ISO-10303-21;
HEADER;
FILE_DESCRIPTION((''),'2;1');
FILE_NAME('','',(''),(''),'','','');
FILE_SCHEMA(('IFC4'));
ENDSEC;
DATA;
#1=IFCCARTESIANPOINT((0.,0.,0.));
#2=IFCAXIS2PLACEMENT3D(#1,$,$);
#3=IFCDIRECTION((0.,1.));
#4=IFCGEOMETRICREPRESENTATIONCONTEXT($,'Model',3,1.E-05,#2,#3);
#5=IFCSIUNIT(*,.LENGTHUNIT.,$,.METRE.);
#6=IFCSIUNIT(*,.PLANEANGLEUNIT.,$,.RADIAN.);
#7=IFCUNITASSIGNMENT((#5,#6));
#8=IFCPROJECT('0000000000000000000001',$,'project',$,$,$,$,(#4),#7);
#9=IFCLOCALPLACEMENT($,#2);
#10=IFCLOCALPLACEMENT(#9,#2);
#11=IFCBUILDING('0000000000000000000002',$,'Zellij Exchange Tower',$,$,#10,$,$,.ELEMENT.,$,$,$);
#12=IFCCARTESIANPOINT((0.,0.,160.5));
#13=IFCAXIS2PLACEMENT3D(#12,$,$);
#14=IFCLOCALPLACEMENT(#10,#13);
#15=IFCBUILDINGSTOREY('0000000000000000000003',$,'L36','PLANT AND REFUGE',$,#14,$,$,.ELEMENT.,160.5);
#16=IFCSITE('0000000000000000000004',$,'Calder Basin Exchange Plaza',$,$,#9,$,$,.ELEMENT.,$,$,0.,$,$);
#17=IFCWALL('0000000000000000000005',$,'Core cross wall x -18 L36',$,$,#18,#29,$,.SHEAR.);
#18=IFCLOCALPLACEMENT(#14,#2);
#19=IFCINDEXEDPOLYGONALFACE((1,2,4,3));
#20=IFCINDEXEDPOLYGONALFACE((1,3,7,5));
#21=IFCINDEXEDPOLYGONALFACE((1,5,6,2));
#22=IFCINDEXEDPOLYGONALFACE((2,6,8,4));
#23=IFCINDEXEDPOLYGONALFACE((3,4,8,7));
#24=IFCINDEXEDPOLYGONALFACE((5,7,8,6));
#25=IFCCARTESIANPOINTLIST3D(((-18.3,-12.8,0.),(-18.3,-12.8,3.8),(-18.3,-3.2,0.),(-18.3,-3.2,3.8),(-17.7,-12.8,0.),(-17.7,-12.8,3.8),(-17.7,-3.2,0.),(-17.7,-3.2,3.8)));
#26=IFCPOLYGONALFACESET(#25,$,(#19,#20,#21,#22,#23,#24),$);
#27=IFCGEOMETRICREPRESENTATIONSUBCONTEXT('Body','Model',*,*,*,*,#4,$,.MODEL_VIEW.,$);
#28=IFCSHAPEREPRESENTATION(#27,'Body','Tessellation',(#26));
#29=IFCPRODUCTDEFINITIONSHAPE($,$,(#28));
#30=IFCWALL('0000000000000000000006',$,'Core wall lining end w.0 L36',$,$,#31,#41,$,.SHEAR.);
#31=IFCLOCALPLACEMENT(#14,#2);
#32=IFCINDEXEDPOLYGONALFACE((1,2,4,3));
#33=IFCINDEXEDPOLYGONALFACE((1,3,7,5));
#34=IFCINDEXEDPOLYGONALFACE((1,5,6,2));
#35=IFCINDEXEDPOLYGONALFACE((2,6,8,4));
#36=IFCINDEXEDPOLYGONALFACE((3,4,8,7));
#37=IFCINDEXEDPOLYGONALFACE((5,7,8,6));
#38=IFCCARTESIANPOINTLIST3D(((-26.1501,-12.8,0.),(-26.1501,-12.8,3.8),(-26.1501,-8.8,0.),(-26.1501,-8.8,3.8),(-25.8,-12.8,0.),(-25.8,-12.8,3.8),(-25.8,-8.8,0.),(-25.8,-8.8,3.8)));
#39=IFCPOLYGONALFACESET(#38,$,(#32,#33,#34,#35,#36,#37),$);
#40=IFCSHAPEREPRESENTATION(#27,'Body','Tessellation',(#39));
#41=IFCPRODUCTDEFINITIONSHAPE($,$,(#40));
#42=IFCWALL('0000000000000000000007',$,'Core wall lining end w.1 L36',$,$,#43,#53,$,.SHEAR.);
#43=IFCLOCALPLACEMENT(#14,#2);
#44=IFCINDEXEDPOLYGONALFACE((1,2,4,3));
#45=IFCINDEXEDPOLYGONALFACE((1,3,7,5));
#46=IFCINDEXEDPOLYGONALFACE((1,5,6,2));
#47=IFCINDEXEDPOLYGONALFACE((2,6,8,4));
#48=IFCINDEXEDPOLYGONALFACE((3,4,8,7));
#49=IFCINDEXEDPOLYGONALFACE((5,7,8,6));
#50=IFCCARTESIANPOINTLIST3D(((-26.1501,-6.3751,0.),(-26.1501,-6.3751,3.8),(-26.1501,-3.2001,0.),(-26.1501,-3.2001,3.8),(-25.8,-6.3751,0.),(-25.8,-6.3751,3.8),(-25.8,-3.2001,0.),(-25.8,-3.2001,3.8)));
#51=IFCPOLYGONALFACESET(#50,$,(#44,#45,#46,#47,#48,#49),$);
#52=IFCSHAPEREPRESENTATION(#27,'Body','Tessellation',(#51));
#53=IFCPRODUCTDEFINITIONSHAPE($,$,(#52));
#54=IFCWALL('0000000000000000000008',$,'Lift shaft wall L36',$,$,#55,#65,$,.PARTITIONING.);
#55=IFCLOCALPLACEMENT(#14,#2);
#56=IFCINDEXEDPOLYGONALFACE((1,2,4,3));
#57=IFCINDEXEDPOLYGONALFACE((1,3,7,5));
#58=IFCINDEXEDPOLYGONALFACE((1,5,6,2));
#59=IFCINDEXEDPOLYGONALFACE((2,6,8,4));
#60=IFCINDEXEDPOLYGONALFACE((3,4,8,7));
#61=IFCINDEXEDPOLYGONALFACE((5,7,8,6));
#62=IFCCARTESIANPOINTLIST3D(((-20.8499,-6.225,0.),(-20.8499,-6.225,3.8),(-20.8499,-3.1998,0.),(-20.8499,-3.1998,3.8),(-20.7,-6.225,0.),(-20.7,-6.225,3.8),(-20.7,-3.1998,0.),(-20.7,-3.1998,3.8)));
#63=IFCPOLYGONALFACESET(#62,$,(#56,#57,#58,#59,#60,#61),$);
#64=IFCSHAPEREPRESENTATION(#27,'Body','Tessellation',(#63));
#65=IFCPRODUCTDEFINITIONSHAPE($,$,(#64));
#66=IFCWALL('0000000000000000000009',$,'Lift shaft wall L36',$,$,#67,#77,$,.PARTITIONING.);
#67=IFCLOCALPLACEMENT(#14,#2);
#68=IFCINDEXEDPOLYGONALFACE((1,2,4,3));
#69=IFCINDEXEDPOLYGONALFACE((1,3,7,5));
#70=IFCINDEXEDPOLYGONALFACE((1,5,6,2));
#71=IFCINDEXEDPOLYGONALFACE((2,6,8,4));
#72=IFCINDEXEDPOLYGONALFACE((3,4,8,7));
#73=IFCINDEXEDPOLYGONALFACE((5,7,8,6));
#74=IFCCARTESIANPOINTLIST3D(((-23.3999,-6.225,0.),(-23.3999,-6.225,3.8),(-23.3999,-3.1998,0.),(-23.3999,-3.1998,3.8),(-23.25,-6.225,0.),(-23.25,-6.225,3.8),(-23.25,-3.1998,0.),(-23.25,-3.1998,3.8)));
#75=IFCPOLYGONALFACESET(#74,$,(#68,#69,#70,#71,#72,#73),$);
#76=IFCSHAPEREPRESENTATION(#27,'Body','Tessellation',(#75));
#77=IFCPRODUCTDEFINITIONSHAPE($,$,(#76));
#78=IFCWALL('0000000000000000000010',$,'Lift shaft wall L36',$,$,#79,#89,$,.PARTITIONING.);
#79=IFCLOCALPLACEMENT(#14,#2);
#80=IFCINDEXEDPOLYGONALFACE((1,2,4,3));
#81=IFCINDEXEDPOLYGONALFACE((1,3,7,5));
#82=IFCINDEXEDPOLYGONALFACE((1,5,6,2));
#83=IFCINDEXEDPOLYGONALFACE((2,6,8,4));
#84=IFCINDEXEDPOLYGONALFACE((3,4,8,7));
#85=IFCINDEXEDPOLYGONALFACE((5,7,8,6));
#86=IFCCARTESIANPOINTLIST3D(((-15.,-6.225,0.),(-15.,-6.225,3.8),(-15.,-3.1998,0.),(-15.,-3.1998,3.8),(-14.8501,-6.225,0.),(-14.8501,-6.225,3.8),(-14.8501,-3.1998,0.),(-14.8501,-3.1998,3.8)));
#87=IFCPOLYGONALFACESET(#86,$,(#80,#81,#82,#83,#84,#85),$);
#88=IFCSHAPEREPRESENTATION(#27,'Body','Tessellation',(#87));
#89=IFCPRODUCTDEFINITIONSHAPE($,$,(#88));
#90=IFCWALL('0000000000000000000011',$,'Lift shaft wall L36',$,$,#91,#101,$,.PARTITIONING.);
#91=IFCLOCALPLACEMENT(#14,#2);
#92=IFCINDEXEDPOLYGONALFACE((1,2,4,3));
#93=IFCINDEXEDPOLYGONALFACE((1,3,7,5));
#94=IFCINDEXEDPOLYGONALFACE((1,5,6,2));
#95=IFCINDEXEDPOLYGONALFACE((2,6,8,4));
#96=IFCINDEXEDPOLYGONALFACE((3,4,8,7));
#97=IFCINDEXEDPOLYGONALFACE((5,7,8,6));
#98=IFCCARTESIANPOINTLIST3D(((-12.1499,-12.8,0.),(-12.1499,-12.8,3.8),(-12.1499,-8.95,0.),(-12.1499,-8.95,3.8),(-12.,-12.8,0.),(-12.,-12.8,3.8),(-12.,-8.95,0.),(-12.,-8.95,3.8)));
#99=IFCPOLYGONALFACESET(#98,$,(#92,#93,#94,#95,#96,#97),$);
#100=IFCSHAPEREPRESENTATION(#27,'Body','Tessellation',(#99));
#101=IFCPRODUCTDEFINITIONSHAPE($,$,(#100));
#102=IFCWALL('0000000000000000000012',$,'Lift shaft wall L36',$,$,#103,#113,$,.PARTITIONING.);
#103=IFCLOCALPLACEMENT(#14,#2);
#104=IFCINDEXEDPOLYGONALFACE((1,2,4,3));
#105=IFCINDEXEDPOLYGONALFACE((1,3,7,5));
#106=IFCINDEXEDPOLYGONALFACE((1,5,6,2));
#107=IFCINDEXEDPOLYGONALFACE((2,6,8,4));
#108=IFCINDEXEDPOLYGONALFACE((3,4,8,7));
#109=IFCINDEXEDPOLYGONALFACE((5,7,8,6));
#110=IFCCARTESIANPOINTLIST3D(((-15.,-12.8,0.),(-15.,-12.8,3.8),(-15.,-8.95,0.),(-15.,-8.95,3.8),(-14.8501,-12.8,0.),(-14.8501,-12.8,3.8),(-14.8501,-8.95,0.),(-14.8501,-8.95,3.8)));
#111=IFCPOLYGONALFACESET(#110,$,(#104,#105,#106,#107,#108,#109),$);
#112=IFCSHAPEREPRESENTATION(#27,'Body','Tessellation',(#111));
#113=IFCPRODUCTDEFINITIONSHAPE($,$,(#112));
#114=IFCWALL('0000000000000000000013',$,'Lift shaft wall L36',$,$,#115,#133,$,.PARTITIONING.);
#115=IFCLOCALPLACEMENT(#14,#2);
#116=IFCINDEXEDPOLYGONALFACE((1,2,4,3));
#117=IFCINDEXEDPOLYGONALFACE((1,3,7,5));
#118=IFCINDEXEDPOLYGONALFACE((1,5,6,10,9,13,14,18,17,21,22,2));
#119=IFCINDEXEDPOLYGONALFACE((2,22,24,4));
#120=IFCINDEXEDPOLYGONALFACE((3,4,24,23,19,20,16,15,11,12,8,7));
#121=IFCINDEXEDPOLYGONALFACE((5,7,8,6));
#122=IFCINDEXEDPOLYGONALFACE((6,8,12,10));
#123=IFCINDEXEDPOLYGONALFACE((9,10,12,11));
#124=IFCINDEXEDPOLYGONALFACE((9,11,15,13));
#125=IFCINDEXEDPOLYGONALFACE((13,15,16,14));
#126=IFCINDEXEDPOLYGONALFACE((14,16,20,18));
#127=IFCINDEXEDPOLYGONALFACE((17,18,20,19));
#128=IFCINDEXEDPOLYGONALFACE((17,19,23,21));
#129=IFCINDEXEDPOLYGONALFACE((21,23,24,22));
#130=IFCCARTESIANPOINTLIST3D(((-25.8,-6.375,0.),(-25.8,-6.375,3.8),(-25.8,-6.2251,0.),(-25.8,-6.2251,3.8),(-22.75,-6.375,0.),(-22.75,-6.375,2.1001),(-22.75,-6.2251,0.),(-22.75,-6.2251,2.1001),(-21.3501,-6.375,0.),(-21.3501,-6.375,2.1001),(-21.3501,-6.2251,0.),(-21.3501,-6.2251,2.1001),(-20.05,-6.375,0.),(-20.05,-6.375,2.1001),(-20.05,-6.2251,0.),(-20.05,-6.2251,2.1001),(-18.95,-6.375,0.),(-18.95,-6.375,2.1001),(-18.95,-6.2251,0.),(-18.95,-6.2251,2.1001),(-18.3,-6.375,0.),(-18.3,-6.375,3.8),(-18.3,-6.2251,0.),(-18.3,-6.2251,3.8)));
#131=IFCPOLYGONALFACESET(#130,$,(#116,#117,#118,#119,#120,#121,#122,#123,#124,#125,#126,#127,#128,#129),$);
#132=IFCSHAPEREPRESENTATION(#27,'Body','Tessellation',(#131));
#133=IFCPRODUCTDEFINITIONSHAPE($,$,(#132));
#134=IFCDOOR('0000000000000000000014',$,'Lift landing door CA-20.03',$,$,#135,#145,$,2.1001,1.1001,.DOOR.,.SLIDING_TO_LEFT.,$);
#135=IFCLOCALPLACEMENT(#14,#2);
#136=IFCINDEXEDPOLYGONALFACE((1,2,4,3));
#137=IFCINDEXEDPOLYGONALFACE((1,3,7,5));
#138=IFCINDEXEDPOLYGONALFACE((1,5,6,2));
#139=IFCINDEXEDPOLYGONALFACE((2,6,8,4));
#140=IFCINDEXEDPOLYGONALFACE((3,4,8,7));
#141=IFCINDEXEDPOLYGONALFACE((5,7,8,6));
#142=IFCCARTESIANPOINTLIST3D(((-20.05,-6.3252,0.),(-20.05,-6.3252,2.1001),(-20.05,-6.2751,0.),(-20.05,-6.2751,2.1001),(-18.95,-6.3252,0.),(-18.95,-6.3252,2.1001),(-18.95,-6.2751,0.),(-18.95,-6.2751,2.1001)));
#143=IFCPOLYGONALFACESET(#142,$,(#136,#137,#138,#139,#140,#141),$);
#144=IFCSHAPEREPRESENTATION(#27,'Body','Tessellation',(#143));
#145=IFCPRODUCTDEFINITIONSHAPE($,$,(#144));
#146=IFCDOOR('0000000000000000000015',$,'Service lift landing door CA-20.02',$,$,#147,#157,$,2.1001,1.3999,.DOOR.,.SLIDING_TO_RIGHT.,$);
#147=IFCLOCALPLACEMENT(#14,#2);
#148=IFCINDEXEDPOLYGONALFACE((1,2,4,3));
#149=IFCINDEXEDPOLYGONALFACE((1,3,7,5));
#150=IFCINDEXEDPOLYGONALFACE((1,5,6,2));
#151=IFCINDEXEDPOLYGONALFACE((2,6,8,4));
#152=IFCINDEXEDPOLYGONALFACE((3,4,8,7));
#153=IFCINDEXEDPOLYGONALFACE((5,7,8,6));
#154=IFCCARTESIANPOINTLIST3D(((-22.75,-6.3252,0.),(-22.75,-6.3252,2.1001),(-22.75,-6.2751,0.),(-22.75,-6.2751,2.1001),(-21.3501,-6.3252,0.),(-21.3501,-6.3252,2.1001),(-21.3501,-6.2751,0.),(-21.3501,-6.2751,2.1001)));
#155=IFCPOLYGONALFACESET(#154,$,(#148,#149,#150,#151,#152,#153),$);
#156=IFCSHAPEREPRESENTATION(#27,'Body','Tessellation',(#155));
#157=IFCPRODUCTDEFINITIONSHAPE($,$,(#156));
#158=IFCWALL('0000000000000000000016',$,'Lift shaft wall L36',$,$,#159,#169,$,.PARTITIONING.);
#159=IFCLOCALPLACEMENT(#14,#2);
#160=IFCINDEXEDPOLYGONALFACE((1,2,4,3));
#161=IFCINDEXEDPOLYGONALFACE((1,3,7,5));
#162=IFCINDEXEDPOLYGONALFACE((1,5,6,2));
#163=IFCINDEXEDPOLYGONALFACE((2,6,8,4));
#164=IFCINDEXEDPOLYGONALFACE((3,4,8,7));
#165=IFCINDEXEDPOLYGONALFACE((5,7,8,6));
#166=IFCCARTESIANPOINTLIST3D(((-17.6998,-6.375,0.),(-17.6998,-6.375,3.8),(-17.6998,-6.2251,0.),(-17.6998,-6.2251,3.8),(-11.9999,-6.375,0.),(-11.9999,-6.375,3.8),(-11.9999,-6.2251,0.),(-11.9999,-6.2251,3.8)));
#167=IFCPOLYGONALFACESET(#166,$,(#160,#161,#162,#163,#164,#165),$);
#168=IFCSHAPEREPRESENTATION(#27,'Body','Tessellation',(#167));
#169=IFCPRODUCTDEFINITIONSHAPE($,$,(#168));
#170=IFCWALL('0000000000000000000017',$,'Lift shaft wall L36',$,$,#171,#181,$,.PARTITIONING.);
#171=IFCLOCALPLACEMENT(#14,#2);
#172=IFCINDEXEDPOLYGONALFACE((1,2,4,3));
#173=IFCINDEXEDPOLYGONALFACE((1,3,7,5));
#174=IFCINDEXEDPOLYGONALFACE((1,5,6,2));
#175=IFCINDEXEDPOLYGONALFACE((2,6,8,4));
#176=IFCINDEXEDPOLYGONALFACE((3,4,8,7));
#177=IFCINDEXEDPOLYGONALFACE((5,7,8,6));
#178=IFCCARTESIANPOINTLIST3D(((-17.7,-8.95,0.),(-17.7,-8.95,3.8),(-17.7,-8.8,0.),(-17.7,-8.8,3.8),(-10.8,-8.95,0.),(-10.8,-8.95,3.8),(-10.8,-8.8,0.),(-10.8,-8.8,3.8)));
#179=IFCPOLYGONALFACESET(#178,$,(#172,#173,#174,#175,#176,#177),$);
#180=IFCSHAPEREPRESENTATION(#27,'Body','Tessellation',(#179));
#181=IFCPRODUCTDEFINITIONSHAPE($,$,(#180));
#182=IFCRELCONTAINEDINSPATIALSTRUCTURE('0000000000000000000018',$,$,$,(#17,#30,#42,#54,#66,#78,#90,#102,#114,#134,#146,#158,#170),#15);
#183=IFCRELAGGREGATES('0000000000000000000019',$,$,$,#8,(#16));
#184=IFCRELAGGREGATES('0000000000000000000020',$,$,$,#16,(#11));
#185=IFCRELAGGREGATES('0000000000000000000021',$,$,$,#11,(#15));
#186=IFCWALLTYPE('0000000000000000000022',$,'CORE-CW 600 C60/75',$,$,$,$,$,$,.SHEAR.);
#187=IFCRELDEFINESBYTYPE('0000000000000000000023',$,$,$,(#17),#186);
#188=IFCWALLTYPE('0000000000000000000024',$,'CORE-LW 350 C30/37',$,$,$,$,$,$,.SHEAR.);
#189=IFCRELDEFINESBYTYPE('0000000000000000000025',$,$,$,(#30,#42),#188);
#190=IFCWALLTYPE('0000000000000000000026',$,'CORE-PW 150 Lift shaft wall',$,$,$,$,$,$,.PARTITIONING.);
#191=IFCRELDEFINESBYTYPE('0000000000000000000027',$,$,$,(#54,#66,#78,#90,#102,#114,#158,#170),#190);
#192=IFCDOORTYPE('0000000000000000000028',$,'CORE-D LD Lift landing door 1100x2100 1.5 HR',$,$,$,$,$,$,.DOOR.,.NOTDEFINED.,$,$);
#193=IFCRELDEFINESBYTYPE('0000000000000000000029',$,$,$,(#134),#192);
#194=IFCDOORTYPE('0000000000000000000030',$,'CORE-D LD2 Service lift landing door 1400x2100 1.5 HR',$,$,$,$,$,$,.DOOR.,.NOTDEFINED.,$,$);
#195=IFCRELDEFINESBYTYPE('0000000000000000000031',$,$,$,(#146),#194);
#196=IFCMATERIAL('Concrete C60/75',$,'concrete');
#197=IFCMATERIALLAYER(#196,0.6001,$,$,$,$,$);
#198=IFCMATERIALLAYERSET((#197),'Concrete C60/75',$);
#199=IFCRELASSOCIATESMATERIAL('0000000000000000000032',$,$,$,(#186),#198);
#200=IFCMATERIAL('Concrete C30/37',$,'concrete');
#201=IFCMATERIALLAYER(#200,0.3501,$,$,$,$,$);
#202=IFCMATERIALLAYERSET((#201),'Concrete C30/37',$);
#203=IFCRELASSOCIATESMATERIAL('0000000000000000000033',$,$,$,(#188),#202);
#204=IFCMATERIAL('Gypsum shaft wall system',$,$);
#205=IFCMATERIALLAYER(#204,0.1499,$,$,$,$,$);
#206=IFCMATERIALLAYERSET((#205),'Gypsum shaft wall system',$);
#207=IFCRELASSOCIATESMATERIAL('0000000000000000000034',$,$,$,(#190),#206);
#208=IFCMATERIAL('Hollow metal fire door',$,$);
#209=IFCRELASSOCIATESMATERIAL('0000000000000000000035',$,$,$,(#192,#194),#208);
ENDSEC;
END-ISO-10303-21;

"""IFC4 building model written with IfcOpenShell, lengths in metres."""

from ifc_helpers import new_model, si_unit, direction, frame, frame_2d, origin, place, context, subcontext, project, spatial, rectangle, extrude, material, layer, layer_set, type_object, element, fill, save


model = new_model("IFC4")

# Units and contexts
model_context = context("Model", 3, precision=1e-05, world=origin(), true_north=direction((0.0, 1.0)))
body_context = subcontext(model_context, "Body", "Model", "MODEL_VIEW")
ifc_project = project(units=[si_unit("LENGTHUNIT", "METRE"), si_unit("PLANEANGLEUNIT", "RADIAN")], contexts=[model_context])

# Site, building, storey
site_placement = place(None, origin())
site = spatial("IfcSite", under=ifc_project, at=site_placement, Name="Calder Basin Exchange Plaza", CompositionType="ELEMENT", RefElevation=0.0)
building_placement = place(site_placement, origin())
building = spatial("IfcBuilding", under=site, at=building_placement, Name="Zellij Exchange Tower", CompositionType="ELEMENT")
storey_placement = place(building_placement, frame((0.0, 0.0, 160.5)))
storey = spatial("IfcBuildingStorey", under=building, at=storey_placement, Name="L36", Description="PLANT AND REFUGE", CompositionType="ELEMENT", Elevation=160.5)

# Walls
ifc_material_1 = material(Name="Concrete C60/75", Category="concrete")
ifc_layer_1 = layer(ifc_material_1, 0.6001)
ifc_layer_set_1 = layer_set([ifc_layer_1], Name="Concrete C60/75")
wall_type_1 = type_object("IfcWallType", Name="CORE-CW 600 C60/75", PredefinedType="SHEAR", material=ifc_layer_set_1)
wall_1_placement = place(storey_placement, frame((-18.0, -12.8, 0.0), z_axis=(0.0, 0.0, 1.0), x_axis=(0.0, 1.0, 0.0)))
element("IfcWall", 1, at=wall_1_placement, inside=storey, type_object=wall_type_1, Name="Core cross wall x -18 L36", PredefinedType="SHEAR", context=body_context, shape_type="SweptSolid", body=[
    extrude(rectangle(XDim=9.6001, YDim=0.6001, at=frame_2d((4.8, 0.0))), origin(), (0.0, 0.0, 1.0), 3.8),
])
ifc_material_2 = material(Name="Concrete C30/37", Category="concrete")
ifc_layer_2 = layer(ifc_material_2, 0.3501)
ifc_layer_set_2 = layer_set([ifc_layer_2], Name="Concrete C30/37")
wall_type_2 = type_object("IfcWallType", Name="CORE-LW 350 C30/37", PredefinedType="SHEAR", material=ifc_layer_set_2)
wall_2_placement = place(storey_placement, frame((-25.9751, -12.8, 0.0), z_axis=(0.0, 0.0, 1.0), x_axis=(0.0, 1.0, 0.0)))
element("IfcWall", 2, at=wall_2_placement, inside=storey, type_object=wall_type_2, Name="Core wall lining end w.0 L36", PredefinedType="SHEAR", context=body_context, shape_type="SweptSolid", body=[
    extrude(rectangle(XDim=4.0, YDim=0.3501, at=frame_2d((2.0, 0.0))), origin(), (0.0, 0.0, 1.0), 3.8),
])
wall_3_placement = place(storey_placement, frame((-25.9751, -6.375, 0.0), z_axis=(0.0, 0.0, 1.0), x_axis=(0.0, 1.0, 0.0)))
element("IfcWall", 3, at=wall_3_placement, inside=storey, type_object=wall_type_2, Name="Core wall lining end w.1 L36", PredefinedType="SHEAR", context=body_context, shape_type="SweptSolid", body=[
    extrude(rectangle(XDim=3.175, YDim=0.3501, at=frame_2d((1.5874, 0.0))), origin(), (0.0, 0.0, 1.0), 3.8),
])
ifc_material_3 = material(Name="Gypsum shaft wall system")
ifc_layer_3 = layer(ifc_material_3, 0.1499)
ifc_layer_set_3 = layer_set([ifc_layer_3], Name="Gypsum shaft wall system")
wall_type_3 = type_object("IfcWallType", Name="CORE-PW 150 Lift shaft wall", PredefinedType="PARTITIONING", material=ifc_layer_set_3)
for number, where, z_axis, x_axis, name in (
    (4, (-20.7749, -6.2251, 0.0), (0.0, 0.0, 1.0), (0.0, 1.0, 0.0), "Lift shaft wall L36"),
    (5, (-23.325, -6.2251, 0.0), (0.0, 0.0, 1.0), (0.0, 1.0, 0.0), "Lift shaft wall L36"),
    (6, (-14.925, -6.2251, 0.0), (0.0, 0.0, 1.0), (0.0, 1.0, 0.0), "Lift shaft wall L36"),
):
    element("IfcWall", number, at=place(storey_placement, frame(where, z_axis=z_axis, x_axis=x_axis)), inside=storey, type_object=wall_type_3, Name=name, PredefinedType="PARTITIONING", context=body_context, shape_type="SweptSolid", body=[
        extrude(rectangle(XDim=3.0251, YDim=0.1499, at=frame_2d((1.5127, 0.0))), origin(), (0.0, 0.0, 1.0), 3.8),
    ])
for number, where, z_axis, x_axis, name in (
    (7, (-12.075, -12.8, 0.0), (0.0, 0.0, 1.0), (0.0, 1.0, 0.0), "Lift shaft wall L36"),
    (8, (-14.925, -12.8, 0.0), (0.0, 0.0, 1.0), (0.0, 1.0, 0.0), "Lift shaft wall L36"),
):
    element("IfcWall", number, at=place(storey_placement, frame(where, z_axis=z_axis, x_axis=x_axis)), inside=storey, type_object=wall_type_3, Name=name, PredefinedType="PARTITIONING", context=body_context, shape_type="SweptSolid", body=[
        extrude(rectangle(XDim=3.8501, YDim=0.1499, at=frame_2d((1.925, 0.0))), origin(), (0.0, 0.0, 1.0), 3.8),
    ])

# Wall, openings, doors
wall_4_placement = place(storey_placement, frame((-25.8, -6.3, 0.0), z_axis=(0.0, 0.0, 1.0), x_axis=(1.0, 0.0, 0.0)))
wall_4 = element("IfcWall", 9, at=wall_4_placement, inside=storey, type_object=wall_type_3, Name="Lift shaft wall L36", PredefinedType="PARTITIONING", context=body_context, shape_type="SweptSolid", body=[
    extrude(rectangle(XDim=7.5, YDim=0.1499, at=frame_2d((3.75, 0.0))), origin(), (0.0, 0.0, 1.0), 3.8),
])
opening_1_placement = place(wall_4_placement, frame((3.05, 0.0, 0.0)))
opening_1 = element("IfcOpeningElement", 10, at=opening_1_placement, cuts=wall_4, PredefinedType="OPENING", context=body_context, shape_type="SweptSolid", body=[
    extrude(rectangle(XDim=1.3999, YDim=2.1001, at=frame_2d((0.7, 1.05))), frame((0.0, 0.0869, 0.0), z_axis=(0.0, -1.0, 0.0), x_axis=(1.0, 0.0, 0.0)), (0.0, 0.0, 1.0), 0.1738),
])
opening_2_placement = place(wall_4_placement, frame((5.75, 0.0, 0.0)))
opening_2 = element("IfcOpeningElement", 11, at=opening_2_placement, cuts=wall_4, PredefinedType="OPENING", context=body_context, shape_type="SweptSolid", body=[
    extrude(rectangle(XDim=1.1001, YDim=2.1001, at=frame_2d((0.55, 1.05))), frame((0.0, 0.0869, 0.0), z_axis=(0.0, -1.0, 0.0), x_axis=(1.0, 0.0, 0.0)), (0.0, 0.0, 1.0), 0.1738),
])
ifc_material_4 = material(Name="Hollow metal fire door")
door_type_1 = type_object("IfcDoorType", Name="CORE-D LD Lift landing door 1100x2100 1.5 HR", OperationType="NOTDEFINED", PredefinedType="DOOR", material=ifc_material_4)
door_1_placement = place(opening_2_placement, origin())
door_1 = element("IfcDoor", 12, at=door_1_placement, inside=storey, type_object=door_type_1, Name="Lift landing door CA-20.03", OperationType="SLIDING_TO_LEFT", OverallHeight=2.1001, OverallWidth=1.1001, PredefinedType="DOOR", context=body_context, shape_type="SweptSolid", body=[
    extrude(rectangle(XDim=1.1001, YDim=2.1001, at=frame_2d((0.55, 1.05))), frame((0.0, 0.0249, 0.0), z_axis=(0.0, -1.0, 0.0), x_axis=(1.0, 0.0, 0.0)), (0.0, 0.0, 1.0), 0.05),
])
fill(opening_2, door_1)
door_type_2 = type_object("IfcDoorType", Name="CORE-D LD2 Service lift landing door 1400x2100 1.5 HR", OperationType="NOTDEFINED", PredefinedType="DOOR", material=ifc_material_4)
door_2_placement = place(opening_1_placement, origin())
door_2 = element("IfcDoor", 13, at=door_2_placement, inside=storey, type_object=door_type_2, Name="Service lift landing door CA-20.02", OperationType="SLIDING_TO_RIGHT", OverallHeight=2.1001, OverallWidth=1.3999, PredefinedType="DOOR", context=body_context, shape_type="SweptSolid", body=[
    extrude(rectangle(XDim=1.3999, YDim=2.1001, at=frame_2d((0.7, 1.05))), frame((0.0, 0.0249, 0.0), z_axis=(0.0, -1.0, 0.0), x_axis=(1.0, 0.0, 0.0)), (0.0, 0.0, 1.0), 0.05),
])
fill(opening_1, door_2)

# Walls
wall_5_placement = place(storey_placement, frame((-17.7, -6.3, 0.0), z_axis=(0.0, 0.0, 1.0), x_axis=(1.0, 0.0, 0.0)))
element("IfcWall", 14, at=wall_5_placement, inside=storey, type_object=wall_type_3, Name="Lift shaft wall L36", PredefinedType="PARTITIONING", context=body_context, shape_type="SweptSolid", body=[
    extrude(rectangle(XDim=5.7, YDim=0.1499, at=frame_2d((2.8501, 0.0))), origin(), (0.0, 0.0, 1.0), 3.8),
])
wall_6_placement = place(storey_placement, frame((-17.7, -8.875, 0.0), z_axis=(0.0, 0.0, 1.0), x_axis=(1.0, 0.0, 0.0)))
element("IfcWall", 15, at=wall_6_placement, inside=storey, type_object=wall_type_3, Name="Lift shaft wall L36", PredefinedType="PARTITIONING", context=body_context, shape_type="SweptSolid", body=[
    extrude(rectangle(XDim=6.8999, YDim=0.1499, at=frame_2d((3.45, 0.0))), origin(), (0.0, 0.0, 1.0), 3.8),
])

save(model, "model.ifc")
